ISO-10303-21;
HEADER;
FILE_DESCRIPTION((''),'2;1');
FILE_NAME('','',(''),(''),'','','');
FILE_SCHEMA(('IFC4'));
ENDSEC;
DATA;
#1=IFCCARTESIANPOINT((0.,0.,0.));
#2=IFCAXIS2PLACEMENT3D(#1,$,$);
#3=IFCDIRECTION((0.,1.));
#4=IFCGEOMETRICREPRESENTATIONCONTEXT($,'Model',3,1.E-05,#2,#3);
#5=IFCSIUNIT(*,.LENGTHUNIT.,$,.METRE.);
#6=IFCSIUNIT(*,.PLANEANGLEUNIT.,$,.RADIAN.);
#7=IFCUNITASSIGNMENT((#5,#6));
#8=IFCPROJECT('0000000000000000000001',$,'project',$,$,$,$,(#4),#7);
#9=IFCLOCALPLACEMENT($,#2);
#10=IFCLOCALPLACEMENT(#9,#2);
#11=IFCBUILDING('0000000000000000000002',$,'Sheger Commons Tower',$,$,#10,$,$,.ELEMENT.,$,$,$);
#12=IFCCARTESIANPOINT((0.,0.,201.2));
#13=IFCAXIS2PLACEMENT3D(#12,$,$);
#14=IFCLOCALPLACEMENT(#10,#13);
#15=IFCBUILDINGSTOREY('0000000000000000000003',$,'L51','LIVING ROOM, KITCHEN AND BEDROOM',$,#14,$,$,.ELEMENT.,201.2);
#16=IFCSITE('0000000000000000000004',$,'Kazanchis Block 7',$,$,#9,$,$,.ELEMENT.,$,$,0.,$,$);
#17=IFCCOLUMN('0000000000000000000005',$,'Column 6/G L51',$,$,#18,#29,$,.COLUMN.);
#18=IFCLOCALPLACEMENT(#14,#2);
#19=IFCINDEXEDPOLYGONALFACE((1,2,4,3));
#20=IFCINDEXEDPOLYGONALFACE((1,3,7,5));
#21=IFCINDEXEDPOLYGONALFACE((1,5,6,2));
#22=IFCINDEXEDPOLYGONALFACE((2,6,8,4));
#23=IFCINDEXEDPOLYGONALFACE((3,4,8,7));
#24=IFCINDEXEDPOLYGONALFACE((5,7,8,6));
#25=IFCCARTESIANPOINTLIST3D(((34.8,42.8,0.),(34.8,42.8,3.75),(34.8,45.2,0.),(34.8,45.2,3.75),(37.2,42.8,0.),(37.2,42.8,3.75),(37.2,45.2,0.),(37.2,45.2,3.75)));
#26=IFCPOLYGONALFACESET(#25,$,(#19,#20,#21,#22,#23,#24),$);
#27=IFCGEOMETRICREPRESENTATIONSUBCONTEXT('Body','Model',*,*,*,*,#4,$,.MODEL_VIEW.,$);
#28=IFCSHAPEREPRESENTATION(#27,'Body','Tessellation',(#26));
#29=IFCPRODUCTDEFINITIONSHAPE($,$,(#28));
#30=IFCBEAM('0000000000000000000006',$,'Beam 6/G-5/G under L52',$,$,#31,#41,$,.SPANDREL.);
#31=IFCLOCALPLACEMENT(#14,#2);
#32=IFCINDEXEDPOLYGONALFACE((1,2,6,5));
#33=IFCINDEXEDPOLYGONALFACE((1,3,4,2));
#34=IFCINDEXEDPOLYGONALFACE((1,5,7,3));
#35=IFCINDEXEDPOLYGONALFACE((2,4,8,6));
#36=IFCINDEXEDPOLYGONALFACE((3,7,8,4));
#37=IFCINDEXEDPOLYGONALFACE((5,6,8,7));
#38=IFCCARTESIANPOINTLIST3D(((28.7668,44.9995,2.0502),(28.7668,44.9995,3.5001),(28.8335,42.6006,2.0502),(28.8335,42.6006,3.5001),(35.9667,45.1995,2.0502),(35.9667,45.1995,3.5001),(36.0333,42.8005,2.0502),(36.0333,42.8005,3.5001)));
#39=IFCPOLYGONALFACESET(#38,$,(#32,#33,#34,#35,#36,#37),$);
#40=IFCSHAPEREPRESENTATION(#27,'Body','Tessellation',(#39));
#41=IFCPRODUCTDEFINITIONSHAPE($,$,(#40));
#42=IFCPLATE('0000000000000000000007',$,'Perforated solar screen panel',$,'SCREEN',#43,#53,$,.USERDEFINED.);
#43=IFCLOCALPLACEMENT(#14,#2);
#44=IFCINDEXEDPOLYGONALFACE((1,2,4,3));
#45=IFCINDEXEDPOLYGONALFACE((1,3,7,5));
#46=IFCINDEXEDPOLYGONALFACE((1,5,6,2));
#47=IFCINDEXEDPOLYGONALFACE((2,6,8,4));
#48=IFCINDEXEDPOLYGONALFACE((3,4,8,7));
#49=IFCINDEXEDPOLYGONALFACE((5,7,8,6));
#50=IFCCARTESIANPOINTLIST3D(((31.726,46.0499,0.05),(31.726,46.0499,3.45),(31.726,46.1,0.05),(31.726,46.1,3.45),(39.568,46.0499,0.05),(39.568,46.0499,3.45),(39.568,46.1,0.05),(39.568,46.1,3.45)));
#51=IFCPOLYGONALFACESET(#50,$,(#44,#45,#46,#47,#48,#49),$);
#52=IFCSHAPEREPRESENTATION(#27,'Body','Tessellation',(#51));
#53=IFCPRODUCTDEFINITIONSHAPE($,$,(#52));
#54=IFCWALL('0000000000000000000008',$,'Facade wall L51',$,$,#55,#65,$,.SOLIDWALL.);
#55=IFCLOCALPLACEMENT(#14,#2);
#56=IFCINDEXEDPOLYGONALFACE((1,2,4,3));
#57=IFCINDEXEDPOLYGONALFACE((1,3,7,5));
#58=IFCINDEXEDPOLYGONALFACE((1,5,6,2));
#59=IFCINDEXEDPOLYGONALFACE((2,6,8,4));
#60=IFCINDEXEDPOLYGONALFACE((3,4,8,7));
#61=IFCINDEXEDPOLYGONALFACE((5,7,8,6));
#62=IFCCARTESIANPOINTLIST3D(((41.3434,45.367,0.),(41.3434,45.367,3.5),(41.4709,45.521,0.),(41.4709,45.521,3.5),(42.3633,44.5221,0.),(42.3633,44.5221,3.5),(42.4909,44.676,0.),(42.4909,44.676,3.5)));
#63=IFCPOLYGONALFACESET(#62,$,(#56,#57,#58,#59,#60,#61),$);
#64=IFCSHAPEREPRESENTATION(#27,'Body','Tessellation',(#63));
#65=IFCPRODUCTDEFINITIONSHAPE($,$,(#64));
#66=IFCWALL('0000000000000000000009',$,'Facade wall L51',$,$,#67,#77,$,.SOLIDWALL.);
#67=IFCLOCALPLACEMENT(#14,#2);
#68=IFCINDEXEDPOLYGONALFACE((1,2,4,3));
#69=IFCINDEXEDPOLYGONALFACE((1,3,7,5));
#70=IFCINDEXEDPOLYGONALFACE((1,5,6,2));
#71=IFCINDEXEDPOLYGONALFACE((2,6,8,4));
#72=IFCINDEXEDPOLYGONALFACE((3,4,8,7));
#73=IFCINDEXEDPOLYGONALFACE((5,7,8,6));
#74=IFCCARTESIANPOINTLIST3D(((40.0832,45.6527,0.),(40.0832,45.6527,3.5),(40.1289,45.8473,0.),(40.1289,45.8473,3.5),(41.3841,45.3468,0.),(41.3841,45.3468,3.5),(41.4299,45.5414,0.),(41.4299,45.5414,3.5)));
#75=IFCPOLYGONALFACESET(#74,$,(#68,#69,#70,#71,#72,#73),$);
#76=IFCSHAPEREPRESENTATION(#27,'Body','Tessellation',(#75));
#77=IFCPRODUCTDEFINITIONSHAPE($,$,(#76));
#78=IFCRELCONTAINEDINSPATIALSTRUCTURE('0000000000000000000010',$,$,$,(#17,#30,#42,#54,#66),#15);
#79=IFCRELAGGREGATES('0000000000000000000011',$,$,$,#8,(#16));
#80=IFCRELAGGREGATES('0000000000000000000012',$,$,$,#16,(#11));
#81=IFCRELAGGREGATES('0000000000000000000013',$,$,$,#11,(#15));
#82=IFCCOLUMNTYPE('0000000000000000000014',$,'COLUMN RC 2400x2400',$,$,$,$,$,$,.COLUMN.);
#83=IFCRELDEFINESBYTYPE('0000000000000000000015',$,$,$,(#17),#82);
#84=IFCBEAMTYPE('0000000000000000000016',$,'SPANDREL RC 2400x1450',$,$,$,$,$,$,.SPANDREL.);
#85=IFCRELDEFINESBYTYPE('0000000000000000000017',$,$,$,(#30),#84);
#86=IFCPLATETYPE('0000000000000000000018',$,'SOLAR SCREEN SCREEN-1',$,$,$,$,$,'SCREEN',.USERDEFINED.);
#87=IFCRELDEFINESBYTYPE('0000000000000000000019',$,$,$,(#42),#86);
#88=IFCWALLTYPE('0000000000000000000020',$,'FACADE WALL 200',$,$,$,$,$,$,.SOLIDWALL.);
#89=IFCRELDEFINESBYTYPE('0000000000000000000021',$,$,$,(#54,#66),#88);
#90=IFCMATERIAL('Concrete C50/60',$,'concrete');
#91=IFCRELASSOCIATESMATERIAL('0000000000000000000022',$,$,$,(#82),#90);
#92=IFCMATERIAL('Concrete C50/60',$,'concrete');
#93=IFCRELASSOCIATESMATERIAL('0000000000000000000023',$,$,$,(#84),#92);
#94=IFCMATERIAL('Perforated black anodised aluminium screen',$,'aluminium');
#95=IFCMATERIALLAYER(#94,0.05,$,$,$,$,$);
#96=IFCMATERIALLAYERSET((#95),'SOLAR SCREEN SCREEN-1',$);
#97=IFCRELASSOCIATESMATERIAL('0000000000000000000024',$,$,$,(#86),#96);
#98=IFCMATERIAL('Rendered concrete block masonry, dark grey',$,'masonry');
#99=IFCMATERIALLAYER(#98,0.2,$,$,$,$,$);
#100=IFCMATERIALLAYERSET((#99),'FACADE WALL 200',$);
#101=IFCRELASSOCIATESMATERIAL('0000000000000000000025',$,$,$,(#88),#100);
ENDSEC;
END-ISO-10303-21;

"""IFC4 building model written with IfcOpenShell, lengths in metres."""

from ifc_helpers import new_model, si_unit, direction, frame, frame_2d, origin, origin_2d, place, context, subcontext, project, spatial, rectangle, extrude, material, layer, layer_set, material_profile, profile_set, type_object, element, save


model = new_model("IFC4")

# Units and contexts
model_context = context("Model", 3, precision=1e-05, world=origin(), true_north=direction((0.0, 1.0)))
body_context = subcontext(model_context, "Body", "Model", "MODEL_VIEW")
ifc_project = project(units=[si_unit("LENGTHUNIT", "METRE"), si_unit("PLANEANGLEUNIT", "RADIAN")], contexts=[model_context])

# Site, building, storey
site_placement = place(None, origin())
site = spatial("IfcSite", under=ifc_project, at=site_placement, Name="Kazanchis Block 7", CompositionType="ELEMENT", RefElevation=0.0)
building_placement = place(site_placement, origin())
building = spatial("IfcBuilding", under=site, at=building_placement, Name="Sheger Commons Tower", CompositionType="ELEMENT")
storey_placement = place(building_placement, frame((0.0, 0.0, 201.2)))
storey = spatial("IfcBuildingStorey", under=building, at=storey_placement, Name="L51", Description="LIVING ROOM, KITCHEN AND BEDROOM", CompositionType="ELEMENT", Elevation=201.2)

# Column
ifc_material_1 = material(Name="Concrete C50/60", Category="concrete")
ifc_material_profile_1 = material_profile(ifc_material_1, rectangle(XDim=2.3999, YDim=2.3999, at=origin_2d()), Name="RC 2400x2400")
ifc_profile_set_1 = profile_set([ifc_material_profile_1], Name="Concrete C50/60")
column_type = type_object("IfcColumnType", Name="COLUMN RC 2400x2400", PredefinedType="COLUMN", material=ifc_profile_set_1)
column_placement = place(storey_placement, frame((36.0, 44.0, 0.0), z_axis=(0.0, 0.0, 1.0), x_axis=(1.0, 0.0, 0.0)))
element("IfcColumn", 1, at=column_placement, inside=storey, type_object=column_type, Name="Column 6/G L51", PredefinedType="COLUMN", context=body_context, shape_type="SweptSolid", body=[
    extrude(rectangle(XDim=2.3999, YDim=2.3999, at=origin_2d()), origin(), (0.0, 0.0, 1.0), 3.75),
])

# Beam
ifc_material_2 = material(Name="Concrete C50/60", Category="concrete")
ifc_material_profile_2 = material_profile(ifc_material_2, rectangle(XDim=2.3999, YDim=1.45, at=origin_2d()), Name="RC 2400x1450")
ifc_profile_set_2 = profile_set([ifc_material_profile_2], Name="Concrete C50/60")
beam_type = type_object("IfcBeamType", Name="SPANDREL RC 2400x1450", PredefinedType="SPANDREL", material=ifc_profile_set_2)
beam_placement = place(storey_placement, frame((36.0, 44.0, 2.7751), z_axis=(-0.999615, -0.02776, 0.0), x_axis=(0.02776, -0.999615, 0.0)))
element("IfcBeam", 2, at=beam_placement, inside=storey, type_object=beam_type, Name="Beam 6/G-5/G under L52", PredefinedType="SPANDREL", context=body_context, shape_type="SweptSolid", body=[
    extrude(rectangle(XDim=2.3999, YDim=1.45, at=origin_2d()), origin(), (0.0, 0.0, 1.0), 7.2026),
])

# Plate
ifc_material_3 = material(Name="Perforated black anodised aluminium screen", Category="aluminium")
ifc_layer_1 = layer(ifc_material_3, 0.05)
ifc_layer_set_1 = layer_set([ifc_layer_1], Name="SOLAR SCREEN SCREEN-1")
plate_type = type_object("IfcPlateType", Name="SOLAR SCREEN SCREEN-1", ElementType="SCREEN", PredefinedType="USERDEFINED", material=ifc_layer_set_1)
plate_placement = place(storey_placement, frame((35.647, 46.075, 0.05), z_axis=(0.0, 0.0, 1.0), x_axis=(-1.0, 0.0, 0.0)))
element("IfcPlate", 3, at=plate_placement, inside=storey, type_object=plate_type, Name="Perforated solar screen panel", ObjectType="SCREEN", PredefinedType="USERDEFINED", context=body_context, shape_type="SweptSolid", body=[
    extrude(rectangle(XDim=7.842, YDim=0.05, at=origin_2d()), origin(), (0.0, 0.0, 1.0), 3.3999),
])

# Walls
ifc_material_4 = material(Name="Rendered concrete block masonry, dark grey", Category="masonry")
ifc_layer_2 = layer(ifc_material_4, 0.2)
ifc_layer_set_2 = layer_set([ifc_layer_2], Name="FACADE WALL 200")
wall_type_1 = type_object("IfcWallType", Name="FACADE WALL 200", PredefinedType="SOLIDWALL", material=ifc_layer_set_2)
wall_1_placement = place(storey_placement, frame((42.427, 44.5991, 0.0), z_axis=(0.0, 0.0, 1.0), x_axis=(-0.770091, 0.637934, 0.0)))
element("IfcWall", 4, at=wall_1_placement, inside=storey, type_object=wall_type_1, Name="Facade wall L51", PredefinedType="SOLIDWALL", context=body_context, shape_type="SweptSolid", body=[
    extrude(rectangle(XDim=1.3245, YDim=0.2, at=frame_2d((0.6621, 0.0))), origin(), (0.0, 0.0, 1.0), 3.5),
])
wall_2_placement = place(storey_placement, frame((41.407, 45.4441, 0.0), z_axis=(0.0, 0.0, 1.0), x_axis=(-0.973453, 0.228887, 0.0)))
element("IfcWall", 5, at=wall_2_placement, inside=storey, type_object=wall_type_1, Name="Facade wall L51", PredefinedType="SOLIDWALL", context=body_context, shape_type="SweptSolid", body=[
    extrude(rectangle(XDim=1.3364, YDim=0.2, at=frame_2d((0.6682, 0.0))), origin(), (0.0, 0.0, 1.0), 3.5),
])

save(model, "model.ifc")
